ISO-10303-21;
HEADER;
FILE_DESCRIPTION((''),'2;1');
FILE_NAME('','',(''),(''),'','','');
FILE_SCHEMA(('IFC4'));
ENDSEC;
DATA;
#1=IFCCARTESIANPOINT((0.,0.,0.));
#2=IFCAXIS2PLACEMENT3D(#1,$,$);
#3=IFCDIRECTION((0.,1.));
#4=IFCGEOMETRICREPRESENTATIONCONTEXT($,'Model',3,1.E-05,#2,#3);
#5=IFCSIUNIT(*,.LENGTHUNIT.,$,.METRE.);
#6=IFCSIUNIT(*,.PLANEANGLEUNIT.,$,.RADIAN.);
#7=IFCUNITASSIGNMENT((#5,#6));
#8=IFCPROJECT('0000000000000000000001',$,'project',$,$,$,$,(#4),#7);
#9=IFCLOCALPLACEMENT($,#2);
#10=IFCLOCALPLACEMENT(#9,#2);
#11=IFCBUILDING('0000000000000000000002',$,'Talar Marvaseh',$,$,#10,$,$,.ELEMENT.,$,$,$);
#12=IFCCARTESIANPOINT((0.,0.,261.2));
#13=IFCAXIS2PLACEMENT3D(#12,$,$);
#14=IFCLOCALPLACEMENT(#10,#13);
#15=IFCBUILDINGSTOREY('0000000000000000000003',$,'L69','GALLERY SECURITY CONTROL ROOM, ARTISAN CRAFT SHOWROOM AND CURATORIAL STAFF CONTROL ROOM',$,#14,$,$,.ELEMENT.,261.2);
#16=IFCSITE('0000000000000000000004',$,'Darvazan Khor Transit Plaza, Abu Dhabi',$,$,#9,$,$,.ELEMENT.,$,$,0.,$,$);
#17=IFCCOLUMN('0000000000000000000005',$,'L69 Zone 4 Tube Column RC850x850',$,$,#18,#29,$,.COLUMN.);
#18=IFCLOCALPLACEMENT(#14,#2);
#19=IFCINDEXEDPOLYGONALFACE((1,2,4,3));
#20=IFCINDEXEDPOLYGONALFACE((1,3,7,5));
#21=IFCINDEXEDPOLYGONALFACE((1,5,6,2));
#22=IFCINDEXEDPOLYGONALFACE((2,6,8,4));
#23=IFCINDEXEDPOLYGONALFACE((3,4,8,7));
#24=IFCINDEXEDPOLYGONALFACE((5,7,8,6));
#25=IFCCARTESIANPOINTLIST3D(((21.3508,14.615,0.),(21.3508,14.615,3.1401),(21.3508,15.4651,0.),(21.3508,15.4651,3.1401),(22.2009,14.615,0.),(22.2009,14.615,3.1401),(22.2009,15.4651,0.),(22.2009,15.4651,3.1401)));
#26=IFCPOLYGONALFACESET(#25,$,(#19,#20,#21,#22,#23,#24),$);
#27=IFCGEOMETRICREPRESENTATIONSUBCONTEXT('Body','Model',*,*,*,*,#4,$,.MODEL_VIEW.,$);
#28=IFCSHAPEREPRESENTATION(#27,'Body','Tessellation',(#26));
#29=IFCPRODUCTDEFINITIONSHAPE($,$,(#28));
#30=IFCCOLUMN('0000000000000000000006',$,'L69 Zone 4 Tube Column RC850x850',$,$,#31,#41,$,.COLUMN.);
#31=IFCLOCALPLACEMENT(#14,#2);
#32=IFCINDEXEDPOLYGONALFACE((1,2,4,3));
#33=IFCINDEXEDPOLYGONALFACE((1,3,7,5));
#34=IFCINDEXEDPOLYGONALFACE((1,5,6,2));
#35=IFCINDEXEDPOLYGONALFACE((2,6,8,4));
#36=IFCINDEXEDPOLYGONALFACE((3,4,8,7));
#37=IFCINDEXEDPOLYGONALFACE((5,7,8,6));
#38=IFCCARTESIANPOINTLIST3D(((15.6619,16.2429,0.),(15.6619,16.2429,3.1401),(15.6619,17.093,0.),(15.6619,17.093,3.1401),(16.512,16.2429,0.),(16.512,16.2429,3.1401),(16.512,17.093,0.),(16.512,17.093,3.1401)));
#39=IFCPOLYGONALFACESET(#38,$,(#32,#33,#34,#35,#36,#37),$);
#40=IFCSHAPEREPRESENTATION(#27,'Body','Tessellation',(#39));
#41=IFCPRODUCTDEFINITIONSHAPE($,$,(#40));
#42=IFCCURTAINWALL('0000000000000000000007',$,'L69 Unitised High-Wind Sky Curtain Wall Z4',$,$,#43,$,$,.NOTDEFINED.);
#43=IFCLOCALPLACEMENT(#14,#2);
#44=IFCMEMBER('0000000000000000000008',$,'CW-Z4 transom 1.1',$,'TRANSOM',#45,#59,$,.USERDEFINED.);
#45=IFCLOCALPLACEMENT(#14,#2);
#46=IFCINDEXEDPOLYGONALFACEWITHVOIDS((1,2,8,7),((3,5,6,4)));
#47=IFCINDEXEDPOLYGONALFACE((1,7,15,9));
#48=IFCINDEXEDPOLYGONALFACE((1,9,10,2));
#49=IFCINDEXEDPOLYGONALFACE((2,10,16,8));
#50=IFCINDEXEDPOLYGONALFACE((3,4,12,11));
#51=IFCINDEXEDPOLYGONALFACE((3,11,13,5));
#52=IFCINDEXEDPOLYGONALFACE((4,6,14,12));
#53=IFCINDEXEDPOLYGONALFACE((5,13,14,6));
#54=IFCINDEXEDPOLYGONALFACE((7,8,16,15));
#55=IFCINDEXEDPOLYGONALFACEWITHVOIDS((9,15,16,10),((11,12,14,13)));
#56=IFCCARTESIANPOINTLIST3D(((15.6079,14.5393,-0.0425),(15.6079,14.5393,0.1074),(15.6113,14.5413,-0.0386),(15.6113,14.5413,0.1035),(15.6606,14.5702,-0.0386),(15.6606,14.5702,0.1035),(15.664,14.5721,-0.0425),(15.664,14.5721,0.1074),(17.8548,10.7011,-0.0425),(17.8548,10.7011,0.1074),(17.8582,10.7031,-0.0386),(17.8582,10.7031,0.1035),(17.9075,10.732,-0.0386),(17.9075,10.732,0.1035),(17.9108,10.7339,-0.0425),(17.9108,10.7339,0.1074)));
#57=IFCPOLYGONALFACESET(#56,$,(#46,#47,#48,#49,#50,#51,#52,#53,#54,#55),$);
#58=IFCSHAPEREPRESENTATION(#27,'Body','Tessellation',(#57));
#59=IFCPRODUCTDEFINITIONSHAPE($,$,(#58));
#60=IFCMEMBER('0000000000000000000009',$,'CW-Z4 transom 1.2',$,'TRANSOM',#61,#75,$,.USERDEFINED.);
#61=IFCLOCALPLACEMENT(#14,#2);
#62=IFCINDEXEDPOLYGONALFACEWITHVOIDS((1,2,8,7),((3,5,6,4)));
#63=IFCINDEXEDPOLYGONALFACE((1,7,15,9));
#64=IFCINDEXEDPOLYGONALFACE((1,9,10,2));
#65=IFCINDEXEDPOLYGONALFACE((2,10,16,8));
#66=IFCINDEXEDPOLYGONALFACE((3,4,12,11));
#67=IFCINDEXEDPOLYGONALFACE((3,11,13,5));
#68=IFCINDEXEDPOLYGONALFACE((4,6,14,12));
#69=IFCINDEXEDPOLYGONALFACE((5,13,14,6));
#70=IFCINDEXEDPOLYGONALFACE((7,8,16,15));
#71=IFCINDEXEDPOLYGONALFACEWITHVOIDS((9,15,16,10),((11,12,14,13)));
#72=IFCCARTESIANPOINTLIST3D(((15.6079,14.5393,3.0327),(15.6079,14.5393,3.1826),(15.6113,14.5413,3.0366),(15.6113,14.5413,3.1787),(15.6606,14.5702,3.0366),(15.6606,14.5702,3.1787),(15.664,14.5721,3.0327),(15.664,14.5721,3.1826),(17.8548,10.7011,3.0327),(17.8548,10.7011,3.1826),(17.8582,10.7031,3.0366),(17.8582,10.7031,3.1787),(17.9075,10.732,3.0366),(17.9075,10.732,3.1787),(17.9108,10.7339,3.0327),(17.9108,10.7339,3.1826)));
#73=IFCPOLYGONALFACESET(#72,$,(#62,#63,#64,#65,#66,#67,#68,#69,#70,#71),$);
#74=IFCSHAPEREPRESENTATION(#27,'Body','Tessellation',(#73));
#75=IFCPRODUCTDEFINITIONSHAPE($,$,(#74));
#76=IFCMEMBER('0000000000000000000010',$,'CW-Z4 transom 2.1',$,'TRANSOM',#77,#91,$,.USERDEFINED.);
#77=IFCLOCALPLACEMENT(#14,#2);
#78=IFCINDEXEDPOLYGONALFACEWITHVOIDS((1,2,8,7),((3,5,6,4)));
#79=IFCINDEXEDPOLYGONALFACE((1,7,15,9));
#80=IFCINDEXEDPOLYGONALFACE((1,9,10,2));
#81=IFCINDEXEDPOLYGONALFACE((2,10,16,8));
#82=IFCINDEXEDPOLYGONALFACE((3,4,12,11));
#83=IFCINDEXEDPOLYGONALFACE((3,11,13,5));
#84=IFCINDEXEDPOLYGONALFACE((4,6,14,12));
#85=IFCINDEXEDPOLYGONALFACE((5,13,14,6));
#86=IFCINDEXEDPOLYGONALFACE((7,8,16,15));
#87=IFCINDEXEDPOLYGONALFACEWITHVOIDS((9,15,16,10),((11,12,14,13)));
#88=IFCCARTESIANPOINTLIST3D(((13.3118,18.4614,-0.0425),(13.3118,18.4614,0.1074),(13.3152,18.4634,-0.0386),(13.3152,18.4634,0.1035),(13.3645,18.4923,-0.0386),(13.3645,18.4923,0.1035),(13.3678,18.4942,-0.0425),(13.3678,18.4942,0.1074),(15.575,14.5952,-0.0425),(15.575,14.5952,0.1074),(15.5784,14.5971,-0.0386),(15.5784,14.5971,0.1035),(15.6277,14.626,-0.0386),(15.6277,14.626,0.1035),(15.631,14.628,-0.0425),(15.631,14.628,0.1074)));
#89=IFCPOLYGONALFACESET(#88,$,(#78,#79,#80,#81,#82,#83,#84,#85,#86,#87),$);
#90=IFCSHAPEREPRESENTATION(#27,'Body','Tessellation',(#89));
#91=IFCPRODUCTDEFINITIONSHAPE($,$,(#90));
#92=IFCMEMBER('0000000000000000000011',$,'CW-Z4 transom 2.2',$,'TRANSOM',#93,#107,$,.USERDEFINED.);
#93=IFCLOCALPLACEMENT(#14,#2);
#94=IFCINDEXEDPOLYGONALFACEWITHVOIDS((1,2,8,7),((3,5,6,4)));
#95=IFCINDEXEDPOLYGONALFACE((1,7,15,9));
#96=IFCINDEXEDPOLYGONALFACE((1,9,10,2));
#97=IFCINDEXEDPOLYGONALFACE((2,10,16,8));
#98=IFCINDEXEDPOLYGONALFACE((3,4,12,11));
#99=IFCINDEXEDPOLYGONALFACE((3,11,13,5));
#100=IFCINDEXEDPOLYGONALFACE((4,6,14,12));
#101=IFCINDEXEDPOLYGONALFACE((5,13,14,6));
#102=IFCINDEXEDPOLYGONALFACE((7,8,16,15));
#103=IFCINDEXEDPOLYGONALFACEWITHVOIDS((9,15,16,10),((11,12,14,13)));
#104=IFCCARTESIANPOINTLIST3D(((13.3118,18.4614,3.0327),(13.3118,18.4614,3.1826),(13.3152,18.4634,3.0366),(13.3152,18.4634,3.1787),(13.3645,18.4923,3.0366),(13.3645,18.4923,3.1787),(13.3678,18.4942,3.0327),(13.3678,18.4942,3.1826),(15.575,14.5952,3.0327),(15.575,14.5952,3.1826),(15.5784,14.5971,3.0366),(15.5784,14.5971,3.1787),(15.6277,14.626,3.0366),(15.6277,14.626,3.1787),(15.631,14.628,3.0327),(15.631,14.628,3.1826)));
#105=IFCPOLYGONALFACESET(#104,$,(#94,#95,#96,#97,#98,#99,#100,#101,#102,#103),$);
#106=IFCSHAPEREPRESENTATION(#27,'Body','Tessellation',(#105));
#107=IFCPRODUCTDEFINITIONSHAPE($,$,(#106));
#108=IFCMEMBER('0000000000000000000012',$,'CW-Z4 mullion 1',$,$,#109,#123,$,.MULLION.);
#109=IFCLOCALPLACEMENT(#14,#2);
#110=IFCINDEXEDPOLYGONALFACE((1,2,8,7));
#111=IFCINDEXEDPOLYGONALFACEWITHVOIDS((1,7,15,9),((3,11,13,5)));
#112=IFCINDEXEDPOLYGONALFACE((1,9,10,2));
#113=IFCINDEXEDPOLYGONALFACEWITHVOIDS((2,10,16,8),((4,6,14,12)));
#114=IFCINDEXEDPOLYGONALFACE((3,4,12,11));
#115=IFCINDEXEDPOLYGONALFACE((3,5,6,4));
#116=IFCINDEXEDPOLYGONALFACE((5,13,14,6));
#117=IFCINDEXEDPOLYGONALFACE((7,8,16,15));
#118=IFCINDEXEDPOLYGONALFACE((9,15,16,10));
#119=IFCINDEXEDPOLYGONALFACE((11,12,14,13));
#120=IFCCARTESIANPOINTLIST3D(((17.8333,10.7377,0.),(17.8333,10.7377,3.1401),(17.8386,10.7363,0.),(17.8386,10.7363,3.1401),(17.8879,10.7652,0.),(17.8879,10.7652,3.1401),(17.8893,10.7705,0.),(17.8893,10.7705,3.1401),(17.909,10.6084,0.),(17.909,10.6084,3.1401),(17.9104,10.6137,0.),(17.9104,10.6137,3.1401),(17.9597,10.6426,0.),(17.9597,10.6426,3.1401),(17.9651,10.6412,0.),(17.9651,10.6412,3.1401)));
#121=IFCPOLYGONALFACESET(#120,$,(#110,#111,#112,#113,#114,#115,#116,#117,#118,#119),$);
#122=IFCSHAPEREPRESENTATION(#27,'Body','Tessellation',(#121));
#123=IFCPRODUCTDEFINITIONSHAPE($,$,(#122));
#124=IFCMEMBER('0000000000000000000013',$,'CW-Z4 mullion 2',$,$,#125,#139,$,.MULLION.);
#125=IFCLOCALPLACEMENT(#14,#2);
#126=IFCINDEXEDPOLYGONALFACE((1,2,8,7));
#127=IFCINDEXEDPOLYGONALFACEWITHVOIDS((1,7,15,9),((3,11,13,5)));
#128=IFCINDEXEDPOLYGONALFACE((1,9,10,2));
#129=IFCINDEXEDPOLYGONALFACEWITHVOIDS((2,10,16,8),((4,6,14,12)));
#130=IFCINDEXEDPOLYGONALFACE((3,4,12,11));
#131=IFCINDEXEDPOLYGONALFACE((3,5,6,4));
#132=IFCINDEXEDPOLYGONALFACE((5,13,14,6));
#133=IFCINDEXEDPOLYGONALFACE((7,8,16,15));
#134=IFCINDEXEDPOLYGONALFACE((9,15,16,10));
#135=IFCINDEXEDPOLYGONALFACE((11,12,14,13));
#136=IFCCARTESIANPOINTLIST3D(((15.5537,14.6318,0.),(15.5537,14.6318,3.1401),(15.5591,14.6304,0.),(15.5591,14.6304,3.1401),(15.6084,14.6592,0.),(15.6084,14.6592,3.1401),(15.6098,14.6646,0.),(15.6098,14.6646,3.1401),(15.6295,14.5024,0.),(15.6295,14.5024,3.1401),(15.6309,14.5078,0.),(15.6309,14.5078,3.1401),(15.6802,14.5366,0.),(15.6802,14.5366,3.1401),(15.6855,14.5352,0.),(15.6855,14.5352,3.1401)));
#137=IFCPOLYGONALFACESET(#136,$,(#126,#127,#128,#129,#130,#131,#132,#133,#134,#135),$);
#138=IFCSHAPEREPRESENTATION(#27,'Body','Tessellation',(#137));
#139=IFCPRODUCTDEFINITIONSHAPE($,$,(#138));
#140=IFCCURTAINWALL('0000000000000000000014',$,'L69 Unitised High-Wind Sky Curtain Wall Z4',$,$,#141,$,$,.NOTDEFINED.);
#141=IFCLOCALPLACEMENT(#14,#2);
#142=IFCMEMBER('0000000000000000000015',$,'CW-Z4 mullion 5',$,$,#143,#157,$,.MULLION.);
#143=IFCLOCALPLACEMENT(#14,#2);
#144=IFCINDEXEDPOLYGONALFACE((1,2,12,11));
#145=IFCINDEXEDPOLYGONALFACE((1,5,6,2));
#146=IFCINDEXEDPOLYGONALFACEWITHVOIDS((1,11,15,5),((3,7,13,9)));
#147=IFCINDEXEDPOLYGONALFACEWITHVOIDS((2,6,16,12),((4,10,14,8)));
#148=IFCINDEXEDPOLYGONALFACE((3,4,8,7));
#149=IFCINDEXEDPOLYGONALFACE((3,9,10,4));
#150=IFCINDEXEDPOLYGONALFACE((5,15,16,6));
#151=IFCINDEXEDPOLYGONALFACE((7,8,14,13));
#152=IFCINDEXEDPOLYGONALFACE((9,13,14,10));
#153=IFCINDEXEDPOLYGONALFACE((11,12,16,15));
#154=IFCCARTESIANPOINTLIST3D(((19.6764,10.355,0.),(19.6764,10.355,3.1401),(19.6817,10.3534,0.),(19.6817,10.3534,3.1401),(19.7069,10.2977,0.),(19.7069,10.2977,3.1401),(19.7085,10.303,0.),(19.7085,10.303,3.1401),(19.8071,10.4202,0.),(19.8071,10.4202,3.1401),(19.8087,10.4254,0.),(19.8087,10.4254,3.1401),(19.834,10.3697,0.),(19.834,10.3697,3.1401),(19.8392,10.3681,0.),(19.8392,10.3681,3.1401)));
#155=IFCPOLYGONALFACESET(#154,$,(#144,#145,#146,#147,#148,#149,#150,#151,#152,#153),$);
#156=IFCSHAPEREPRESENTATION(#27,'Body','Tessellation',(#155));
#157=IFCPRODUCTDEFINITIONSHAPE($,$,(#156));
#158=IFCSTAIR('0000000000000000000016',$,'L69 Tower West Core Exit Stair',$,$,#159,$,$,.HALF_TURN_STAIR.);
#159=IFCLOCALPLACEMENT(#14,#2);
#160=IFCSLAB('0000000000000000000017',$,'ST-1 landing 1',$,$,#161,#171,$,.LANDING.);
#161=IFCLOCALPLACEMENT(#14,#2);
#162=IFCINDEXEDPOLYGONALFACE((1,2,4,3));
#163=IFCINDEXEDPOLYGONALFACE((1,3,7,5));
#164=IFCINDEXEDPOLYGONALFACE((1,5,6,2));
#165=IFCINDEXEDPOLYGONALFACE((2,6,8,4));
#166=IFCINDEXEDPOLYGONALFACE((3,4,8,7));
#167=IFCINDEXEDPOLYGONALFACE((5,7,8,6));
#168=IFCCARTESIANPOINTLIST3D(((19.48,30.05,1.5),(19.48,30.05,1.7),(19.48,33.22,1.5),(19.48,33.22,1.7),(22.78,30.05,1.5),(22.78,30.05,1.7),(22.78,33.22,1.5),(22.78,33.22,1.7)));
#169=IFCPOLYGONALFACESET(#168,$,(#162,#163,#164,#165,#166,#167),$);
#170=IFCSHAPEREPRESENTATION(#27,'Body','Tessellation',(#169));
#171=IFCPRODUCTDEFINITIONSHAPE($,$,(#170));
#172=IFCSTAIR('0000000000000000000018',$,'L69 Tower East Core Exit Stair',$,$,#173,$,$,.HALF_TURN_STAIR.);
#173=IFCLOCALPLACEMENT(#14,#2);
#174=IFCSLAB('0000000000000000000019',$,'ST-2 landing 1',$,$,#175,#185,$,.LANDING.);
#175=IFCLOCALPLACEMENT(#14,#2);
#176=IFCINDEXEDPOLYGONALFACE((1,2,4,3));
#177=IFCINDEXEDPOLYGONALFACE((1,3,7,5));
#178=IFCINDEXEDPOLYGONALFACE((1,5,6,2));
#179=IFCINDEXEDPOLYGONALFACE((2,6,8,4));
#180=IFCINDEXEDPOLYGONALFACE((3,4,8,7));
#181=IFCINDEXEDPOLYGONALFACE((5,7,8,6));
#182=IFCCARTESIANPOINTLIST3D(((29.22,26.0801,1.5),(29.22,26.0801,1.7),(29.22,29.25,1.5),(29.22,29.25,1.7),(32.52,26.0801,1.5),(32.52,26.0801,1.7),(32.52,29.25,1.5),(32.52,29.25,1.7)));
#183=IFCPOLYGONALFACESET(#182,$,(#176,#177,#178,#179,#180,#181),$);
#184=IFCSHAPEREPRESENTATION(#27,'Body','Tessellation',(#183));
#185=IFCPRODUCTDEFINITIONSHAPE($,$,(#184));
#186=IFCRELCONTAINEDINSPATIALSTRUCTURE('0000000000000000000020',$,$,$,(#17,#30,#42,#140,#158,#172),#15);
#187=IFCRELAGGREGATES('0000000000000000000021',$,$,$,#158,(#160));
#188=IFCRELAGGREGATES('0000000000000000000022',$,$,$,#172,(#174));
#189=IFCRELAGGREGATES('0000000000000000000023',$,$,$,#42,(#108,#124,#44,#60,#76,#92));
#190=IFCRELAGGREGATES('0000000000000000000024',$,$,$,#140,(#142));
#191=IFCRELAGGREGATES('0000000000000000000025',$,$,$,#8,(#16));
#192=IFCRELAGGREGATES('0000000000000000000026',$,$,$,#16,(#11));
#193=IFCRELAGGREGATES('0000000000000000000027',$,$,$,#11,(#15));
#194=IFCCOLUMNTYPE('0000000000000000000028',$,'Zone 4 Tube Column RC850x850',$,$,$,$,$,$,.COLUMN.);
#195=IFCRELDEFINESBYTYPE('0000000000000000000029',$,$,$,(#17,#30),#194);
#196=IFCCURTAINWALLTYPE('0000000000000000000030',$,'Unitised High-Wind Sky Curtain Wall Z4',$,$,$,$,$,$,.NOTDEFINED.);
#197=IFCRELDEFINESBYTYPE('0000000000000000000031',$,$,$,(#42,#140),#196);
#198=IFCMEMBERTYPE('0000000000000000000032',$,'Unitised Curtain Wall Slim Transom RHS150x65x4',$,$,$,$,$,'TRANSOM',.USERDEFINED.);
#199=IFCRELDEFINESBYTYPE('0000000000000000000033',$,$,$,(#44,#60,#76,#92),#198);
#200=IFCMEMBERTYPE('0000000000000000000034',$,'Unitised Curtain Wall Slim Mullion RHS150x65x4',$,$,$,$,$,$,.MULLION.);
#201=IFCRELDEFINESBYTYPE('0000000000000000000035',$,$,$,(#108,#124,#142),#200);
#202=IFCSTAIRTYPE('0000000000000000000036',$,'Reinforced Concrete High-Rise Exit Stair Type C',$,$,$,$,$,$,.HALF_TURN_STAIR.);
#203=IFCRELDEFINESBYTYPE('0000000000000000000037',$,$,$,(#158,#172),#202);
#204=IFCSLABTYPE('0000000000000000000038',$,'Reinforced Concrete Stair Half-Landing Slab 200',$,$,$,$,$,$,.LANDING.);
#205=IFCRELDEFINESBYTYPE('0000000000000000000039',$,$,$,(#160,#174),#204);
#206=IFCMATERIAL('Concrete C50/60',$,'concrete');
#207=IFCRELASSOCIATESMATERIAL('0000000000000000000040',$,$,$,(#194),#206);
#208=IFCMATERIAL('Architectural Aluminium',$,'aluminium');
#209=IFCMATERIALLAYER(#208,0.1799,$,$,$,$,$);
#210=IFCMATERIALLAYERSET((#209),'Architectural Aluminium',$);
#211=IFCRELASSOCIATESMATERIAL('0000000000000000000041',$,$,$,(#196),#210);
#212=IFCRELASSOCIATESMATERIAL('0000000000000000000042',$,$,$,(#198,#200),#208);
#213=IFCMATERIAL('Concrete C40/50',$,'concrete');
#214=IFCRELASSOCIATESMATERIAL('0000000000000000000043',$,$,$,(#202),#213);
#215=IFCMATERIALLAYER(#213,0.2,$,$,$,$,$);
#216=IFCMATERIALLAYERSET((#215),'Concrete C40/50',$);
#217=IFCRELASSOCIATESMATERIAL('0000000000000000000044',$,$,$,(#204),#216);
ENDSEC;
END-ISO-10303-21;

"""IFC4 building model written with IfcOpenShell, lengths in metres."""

from ifc_helpers import new_model, si_unit, direction, frame, origin, origin_2d, place, context, subcontext, project, spatial, polyline, rectangle, hollow_rectangle, outline, extrude, source, transform, mapped, material, layer, layer_set, material_profile, profile_set, type_object, type_shapes, element, aggregate, save


model = new_model("IFC4")

# Units and contexts
model_context = context("Model", 3, precision=1e-05, world=origin(), true_north=direction((0.0, 1.0)))
body_context = subcontext(model_context, "Body", "Model", "MODEL_VIEW")
ifc_project = project(units=[si_unit("LENGTHUNIT", "METRE"), si_unit("PLANEANGLEUNIT", "RADIAN")], contexts=[model_context])

# Site, building, storey
site_placement = place(None, origin())
site = spatial("IfcSite", under=ifc_project, at=site_placement, Name="Darvazan Khor Transit Plaza, Abu Dhabi", CompositionType="ELEMENT", RefElevation=0.0)
building_placement = place(site_placement, origin())
building = spatial("IfcBuilding", under=site, at=building_placement, Name="Talar Marvaseh", CompositionType="ELEMENT")
storey_placement = place(building_placement, frame((0.0, 0.0, 261.2)))
storey = spatial("IfcBuildingStorey", under=building, at=storey_placement, Name="L69", Description="GALLERY SECURITY CONTROL ROOM, ARTISAN CRAFT SHOWROOM AND CURATORIAL STAFF CONTROL ROOM", CompositionType="ELEMENT", Elevation=261.2)

# Columns
ifc_material_1 = material(Name="Concrete C50/60", Category="concrete")
ifc_material_profile_1 = material_profile(ifc_material_1, rectangle(XDim=0.8501, YDim=0.8501, at=origin_2d()), Name="RC850x850")
ifc_profile_set_1 = profile_set([ifc_material_profile_1], Name="Concrete C50/60")
column_type = type_object("IfcColumnType", Name="Zone 4 Tube Column RC850x850", PredefinedType="COLUMN", material=ifc_profile_set_1)
for number, where, z_axis, x_axis, name in (
    (1, (21.7759, 15.04, 0.0), (0.0, 0.0, 1.0), (1.0, 0.0, 0.0), "L69 Zone 4 Tube Column RC850x850"),
    (2, (16.0869, 16.668, 0.0), (0.0, 0.0, 1.0), (1.0, 0.0, 0.0), "L69 Zone 4 Tube Column RC850x850"),
):
    element("IfcColumn", number, at=place(storey_placement, frame(where, z_axis=z_axis, x_axis=x_axis)), inside=storey, type_object=column_type, Name=name, PredefinedType="COLUMN", context=body_context, shape_type="SweptSolid", body=[
        extrude(rectangle(XDim=0.8501, YDim=0.8501, at=origin_2d()), origin(), (0.0, 0.0, 1.0), 3.1401),
    ])

# Curtain wall, members
ifc_material_2 = material(Name="Architectural Aluminium", Category="aluminium")
ifc_layer_1 = layer(ifc_material_2, 0.1799)
ifc_layer_set_1 = layer_set([ifc_layer_1], Name="Architectural Aluminium")
curtain_wall_type = type_object("IfcCurtainWallType", Name="Unitised High-Wind Sky Curtain Wall Z4", PredefinedType="NOTDEFINED", material=ifc_layer_set_1)
curtain_wall_1_placement = place(storey_placement, origin())
curtain_wall_1 = element("IfcCurtainWall", 3, at=curtain_wall_1_placement, inside=storey, type_object=curtain_wall_type, Name="L69 Unitised High-Wind Sky Curtain Wall Z4", PredefinedType="NOTDEFINED")
ifc_material_profile_2 = material_profile(ifc_material_2, hollow_rectangle(XDim=0.0649, YDim=0.1499, WallThickness=0.0039, at=origin_2d()), Name="RHS150x65x4")
ifc_profile_set_2 = profile_set([ifc_material_profile_2], Name="Architectural Aluminium")
member_type_1 = type_object("IfcMemberType", Name="Unitised Curtain Wall Slim Transom RHS150x65x4", ElementType="TRANSOM", PredefinedType="USERDEFINED", material=ifc_profile_set_2)
shared_shape_1 = source(origin(), body_context, "Body", "SweptSolid", [
    extrude(hollow_rectangle(XDim=0.0649, YDim=0.1499, WallThickness=0.0039, at=origin_2d()), origin(), (0.0, 0.0, 1.0), 4.4475),
])
member_1_placement = place(storey_placement, frame((17.8828, 10.7175, 0.0325), z_axis=(-0.505198, 0.863003, 0.0), x_axis=(-0.863003, -0.505198, 0.0)))
member_1 = element("IfcMember", 4, at=member_1_placement, type_object=member_type_1, Name="CW-Z4 transom 1.1", ObjectType="TRANSOM", PredefinedType="USERDEFINED", context=body_context, shape_type="MappedRepresentation", body=[
    mapped(shared_shape_1, transform((0.0, 0.0, 0.0), x_axis=(1.0, 0.0, 0.0), y_axis=(0.0, 1.0, 0.0), z_axis=(0.0, 0.0, 1.0), scale=1.0)),
])
member_2_placement = place(storey_placement, frame((17.8828, 10.7175, 3.1077), z_axis=(-0.505198, 0.863003, 0.0), x_axis=(-0.863003, -0.505198, 0.0)))
member_2 = element("IfcMember", 5, at=member_2_placement, type_object=member_type_1, Name="CW-Z4 transom 1.2", ObjectType="TRANSOM", PredefinedType="USERDEFINED", context=body_context, shape_type="MappedRepresentation", body=[
    mapped(shared_shape_1, transform((0.0, 0.0, 0.0), x_axis=(1.0, 0.0, 0.0), y_axis=(0.0, 1.0, 0.0), z_axis=(0.0, 0.0, 1.0), scale=1.0)),
])
shared_shape_2 = source(origin(), body_context, "Body", "SweptSolid", [
    extrude(hollow_rectangle(XDim=0.0649, YDim=0.1499, WallThickness=0.0039, at=origin_2d()), origin(), (0.0, 0.0, 1.0), 4.48),
])
type_shapes(member_type_1, [shared_shape_1, shared_shape_2])
member_3_placement = place(storey_placement, frame((15.603, 14.6116, 0.0325), z_axis=(-0.505185, 0.863011, 0.0), x_axis=(-0.863011, -0.505185, 0.0)))
member_3 = element("IfcMember", 6, at=member_3_placement, type_object=member_type_1, Name="CW-Z4 transom 2.1", ObjectType="TRANSOM", PredefinedType="USERDEFINED", context=body_context, shape_type="MappedRepresentation", body=[
    mapped(shared_shape_2, transform((0.0, 0.0, 0.0), x_axis=(1.0, 0.0, 0.0), y_axis=(0.0, 1.0, 0.0), z_axis=(0.0, 0.0, 1.0), scale=1.0)),
])
member_4_placement = place(storey_placement, frame((15.603, 14.6116, 3.1077), z_axis=(-0.505185, 0.863011, 0.0), x_axis=(-0.863011, -0.505185, 0.0)))
member_4 = element("IfcMember", 7, at=member_4_placement, type_object=member_type_1, Name="CW-Z4 transom 2.2", ObjectType="TRANSOM", PredefinedType="USERDEFINED", context=body_context, shape_type="MappedRepresentation", body=[
    mapped(shared_shape_2, transform((0.0, 0.0, 0.0), x_axis=(1.0, 0.0, 0.0), y_axis=(0.0, 1.0, 0.0), z_axis=(0.0, 0.0, 1.0), scale=1.0)),
])
ifc_material_profile_3 = material_profile(ifc_material_2, hollow_rectangle(XDim=0.0649, YDim=0.1499, WallThickness=0.0039, at=origin_2d()), Name="RHS150x65x4")
ifc_profile_set_3 = profile_set([ifc_material_profile_3], Name="Architectural Aluminium")
member_type_2 = type_object("IfcMemberType", Name="Unitised Curtain Wall Slim Mullion RHS150x65x4", PredefinedType="MULLION", material=ifc_profile_set_3)
shared_shape_3 = source(origin(), body_context, "Body", "SweptSolid", [
    extrude(hollow_rectangle(XDim=0.0649, YDim=0.1499, WallThickness=0.0039, at=origin_2d()), origin(), (0.0, 0.0, 1.0), 3.1401),
])
type_shapes(member_type_2, [shared_shape_3])
member_5_placement = place(storey_placement, frame((17.8992, 10.6895, 0.0), z_axis=(0.0, 0.0, 1.0), x_axis=(-0.862991, -0.505219, 0.0)))
member_5 = element("IfcMember", 8, at=member_5_placement, type_object=member_type_2, Name="CW-Z4 mullion 1", PredefinedType="MULLION", context=body_context, shape_type="MappedRepresentation", body=[
    mapped(shared_shape_3, transform((0.0, 0.0, 0.0), x_axis=(1.0, 0.0, 0.0), y_axis=(0.0, 1.0, 0.0), z_axis=(0.0, 0.0, 1.0), scale=1.0)),
])
member_6_placement = place(storey_placement, frame((15.6196, 14.5835, 0.0), z_axis=(0.0, 0.0, 1.0), x_axis=(-0.862991, -0.505219, 0.0)))
member_6 = element("IfcMember", 9, at=member_6_placement, type_object=member_type_2, Name="CW-Z4 mullion 2", PredefinedType="MULLION", context=body_context, shape_type="MappedRepresentation", body=[
    mapped(shared_shape_3, transform((0.0, 0.0, 0.0), x_axis=(1.0, 0.0, 0.0), y_axis=(0.0, 1.0, 0.0), z_axis=(0.0, 0.0, 1.0), scale=1.0)),
])

# Curtain wall, member
curtain_wall_2_placement = place(storey_placement, origin())
curtain_wall_2 = element("IfcCurtainWall", 10, at=curtain_wall_2_placement, inside=storey, type_object=curtain_wall_type, Name="L69 Unitised High-Wind Sky Curtain Wall Z4", PredefinedType="NOTDEFINED")
member_7_placement = place(storey_placement, frame((19.7578, 10.3616, 0.0), z_axis=(0.0, 0.0, 1.0), x_axis=(0.469604, -0.882877, 0.0)))
member_7 = element("IfcMember", 11, at=member_7_placement, type_object=member_type_2, Name="CW-Z4 mullion 5", PredefinedType="MULLION", context=body_context, shape_type="MappedRepresentation", body=[
    mapped(shared_shape_3, transform((0.0, 0.0, 0.0), x_axis=(1.0, 0.0, 0.0), y_axis=(0.0, 1.0, 0.0), z_axis=(0.0, 0.0, 1.0), scale=1.0)),
])

# Stairs, slabs
ifc_material_3 = material(Name="Concrete C40/50", Category="concrete")
stair_type = type_object("IfcStairType", Name="Reinforced Concrete High-Rise Exit Stair Type C", PredefinedType="HALF_TURN_STAIR", material=ifc_material_3)
stair_1_placement = place(storey_placement, origin())
stair_1 = element("IfcStair", 12, at=stair_1_placement, inside=storey, type_object=stair_type, Name="L69 Tower West Core Exit Stair", PredefinedType="HALF_TURN_STAIR")
ifc_layer_2 = layer(ifc_material_3, 0.2)
ifc_layer_set_2 = layer_set([ifc_layer_2], Name="Concrete C40/50")
slab_type_1 = type_object("IfcSlabType", Name="Reinforced Concrete Stair Half-Landing Slab 200", PredefinedType="LANDING", material=ifc_layer_set_2)
slab_1_placement = place(storey_placement, frame((0.0, 0.0, 1.5)))
slab_1 = element("IfcSlab", 13, at=slab_1_placement, type_object=slab_type_1, Name="ST-1 landing 1", PredefinedType="LANDING", context=body_context, shape_type="SweptSolid", body=[
    extrude(outline(polyline([(22.78, 30.05), (22.78, 33.22), (19.48, 33.22), (19.48, 30.05), (22.78, 30.05)])), origin(), (0.0, 0.0, 1.0), 0.2),
])
aggregate(stair_1, [slab_1])
stair_2_placement = place(storey_placement, origin())
stair_2 = element("IfcStair", 14, at=stair_2_placement, inside=storey, type_object=stair_type, Name="L69 Tower East Core Exit Stair", PredefinedType="HALF_TURN_STAIR")
slab_2_placement = place(storey_placement, frame((0.0, 0.0, 1.5)))
slab_2 = element("IfcSlab", 15, at=slab_2_placement, type_object=slab_type_1, Name="ST-2 landing 1", PredefinedType="LANDING", context=body_context, shape_type="SweptSolid", body=[
    extrude(outline(polyline([(29.22, 29.25), (29.22, 26.0801), (32.52, 26.0801), (32.52, 29.25), (29.22, 29.25)])), origin(), (0.0, 0.0, 1.0), 0.2),
])
aggregate(stair_2, [slab_2])

aggregate(curtain_wall_1, [member_5, member_6, member_1, member_2, member_3, member_4])
aggregate(curtain_wall_2, [member_7])

save(model, "model.ifc")
